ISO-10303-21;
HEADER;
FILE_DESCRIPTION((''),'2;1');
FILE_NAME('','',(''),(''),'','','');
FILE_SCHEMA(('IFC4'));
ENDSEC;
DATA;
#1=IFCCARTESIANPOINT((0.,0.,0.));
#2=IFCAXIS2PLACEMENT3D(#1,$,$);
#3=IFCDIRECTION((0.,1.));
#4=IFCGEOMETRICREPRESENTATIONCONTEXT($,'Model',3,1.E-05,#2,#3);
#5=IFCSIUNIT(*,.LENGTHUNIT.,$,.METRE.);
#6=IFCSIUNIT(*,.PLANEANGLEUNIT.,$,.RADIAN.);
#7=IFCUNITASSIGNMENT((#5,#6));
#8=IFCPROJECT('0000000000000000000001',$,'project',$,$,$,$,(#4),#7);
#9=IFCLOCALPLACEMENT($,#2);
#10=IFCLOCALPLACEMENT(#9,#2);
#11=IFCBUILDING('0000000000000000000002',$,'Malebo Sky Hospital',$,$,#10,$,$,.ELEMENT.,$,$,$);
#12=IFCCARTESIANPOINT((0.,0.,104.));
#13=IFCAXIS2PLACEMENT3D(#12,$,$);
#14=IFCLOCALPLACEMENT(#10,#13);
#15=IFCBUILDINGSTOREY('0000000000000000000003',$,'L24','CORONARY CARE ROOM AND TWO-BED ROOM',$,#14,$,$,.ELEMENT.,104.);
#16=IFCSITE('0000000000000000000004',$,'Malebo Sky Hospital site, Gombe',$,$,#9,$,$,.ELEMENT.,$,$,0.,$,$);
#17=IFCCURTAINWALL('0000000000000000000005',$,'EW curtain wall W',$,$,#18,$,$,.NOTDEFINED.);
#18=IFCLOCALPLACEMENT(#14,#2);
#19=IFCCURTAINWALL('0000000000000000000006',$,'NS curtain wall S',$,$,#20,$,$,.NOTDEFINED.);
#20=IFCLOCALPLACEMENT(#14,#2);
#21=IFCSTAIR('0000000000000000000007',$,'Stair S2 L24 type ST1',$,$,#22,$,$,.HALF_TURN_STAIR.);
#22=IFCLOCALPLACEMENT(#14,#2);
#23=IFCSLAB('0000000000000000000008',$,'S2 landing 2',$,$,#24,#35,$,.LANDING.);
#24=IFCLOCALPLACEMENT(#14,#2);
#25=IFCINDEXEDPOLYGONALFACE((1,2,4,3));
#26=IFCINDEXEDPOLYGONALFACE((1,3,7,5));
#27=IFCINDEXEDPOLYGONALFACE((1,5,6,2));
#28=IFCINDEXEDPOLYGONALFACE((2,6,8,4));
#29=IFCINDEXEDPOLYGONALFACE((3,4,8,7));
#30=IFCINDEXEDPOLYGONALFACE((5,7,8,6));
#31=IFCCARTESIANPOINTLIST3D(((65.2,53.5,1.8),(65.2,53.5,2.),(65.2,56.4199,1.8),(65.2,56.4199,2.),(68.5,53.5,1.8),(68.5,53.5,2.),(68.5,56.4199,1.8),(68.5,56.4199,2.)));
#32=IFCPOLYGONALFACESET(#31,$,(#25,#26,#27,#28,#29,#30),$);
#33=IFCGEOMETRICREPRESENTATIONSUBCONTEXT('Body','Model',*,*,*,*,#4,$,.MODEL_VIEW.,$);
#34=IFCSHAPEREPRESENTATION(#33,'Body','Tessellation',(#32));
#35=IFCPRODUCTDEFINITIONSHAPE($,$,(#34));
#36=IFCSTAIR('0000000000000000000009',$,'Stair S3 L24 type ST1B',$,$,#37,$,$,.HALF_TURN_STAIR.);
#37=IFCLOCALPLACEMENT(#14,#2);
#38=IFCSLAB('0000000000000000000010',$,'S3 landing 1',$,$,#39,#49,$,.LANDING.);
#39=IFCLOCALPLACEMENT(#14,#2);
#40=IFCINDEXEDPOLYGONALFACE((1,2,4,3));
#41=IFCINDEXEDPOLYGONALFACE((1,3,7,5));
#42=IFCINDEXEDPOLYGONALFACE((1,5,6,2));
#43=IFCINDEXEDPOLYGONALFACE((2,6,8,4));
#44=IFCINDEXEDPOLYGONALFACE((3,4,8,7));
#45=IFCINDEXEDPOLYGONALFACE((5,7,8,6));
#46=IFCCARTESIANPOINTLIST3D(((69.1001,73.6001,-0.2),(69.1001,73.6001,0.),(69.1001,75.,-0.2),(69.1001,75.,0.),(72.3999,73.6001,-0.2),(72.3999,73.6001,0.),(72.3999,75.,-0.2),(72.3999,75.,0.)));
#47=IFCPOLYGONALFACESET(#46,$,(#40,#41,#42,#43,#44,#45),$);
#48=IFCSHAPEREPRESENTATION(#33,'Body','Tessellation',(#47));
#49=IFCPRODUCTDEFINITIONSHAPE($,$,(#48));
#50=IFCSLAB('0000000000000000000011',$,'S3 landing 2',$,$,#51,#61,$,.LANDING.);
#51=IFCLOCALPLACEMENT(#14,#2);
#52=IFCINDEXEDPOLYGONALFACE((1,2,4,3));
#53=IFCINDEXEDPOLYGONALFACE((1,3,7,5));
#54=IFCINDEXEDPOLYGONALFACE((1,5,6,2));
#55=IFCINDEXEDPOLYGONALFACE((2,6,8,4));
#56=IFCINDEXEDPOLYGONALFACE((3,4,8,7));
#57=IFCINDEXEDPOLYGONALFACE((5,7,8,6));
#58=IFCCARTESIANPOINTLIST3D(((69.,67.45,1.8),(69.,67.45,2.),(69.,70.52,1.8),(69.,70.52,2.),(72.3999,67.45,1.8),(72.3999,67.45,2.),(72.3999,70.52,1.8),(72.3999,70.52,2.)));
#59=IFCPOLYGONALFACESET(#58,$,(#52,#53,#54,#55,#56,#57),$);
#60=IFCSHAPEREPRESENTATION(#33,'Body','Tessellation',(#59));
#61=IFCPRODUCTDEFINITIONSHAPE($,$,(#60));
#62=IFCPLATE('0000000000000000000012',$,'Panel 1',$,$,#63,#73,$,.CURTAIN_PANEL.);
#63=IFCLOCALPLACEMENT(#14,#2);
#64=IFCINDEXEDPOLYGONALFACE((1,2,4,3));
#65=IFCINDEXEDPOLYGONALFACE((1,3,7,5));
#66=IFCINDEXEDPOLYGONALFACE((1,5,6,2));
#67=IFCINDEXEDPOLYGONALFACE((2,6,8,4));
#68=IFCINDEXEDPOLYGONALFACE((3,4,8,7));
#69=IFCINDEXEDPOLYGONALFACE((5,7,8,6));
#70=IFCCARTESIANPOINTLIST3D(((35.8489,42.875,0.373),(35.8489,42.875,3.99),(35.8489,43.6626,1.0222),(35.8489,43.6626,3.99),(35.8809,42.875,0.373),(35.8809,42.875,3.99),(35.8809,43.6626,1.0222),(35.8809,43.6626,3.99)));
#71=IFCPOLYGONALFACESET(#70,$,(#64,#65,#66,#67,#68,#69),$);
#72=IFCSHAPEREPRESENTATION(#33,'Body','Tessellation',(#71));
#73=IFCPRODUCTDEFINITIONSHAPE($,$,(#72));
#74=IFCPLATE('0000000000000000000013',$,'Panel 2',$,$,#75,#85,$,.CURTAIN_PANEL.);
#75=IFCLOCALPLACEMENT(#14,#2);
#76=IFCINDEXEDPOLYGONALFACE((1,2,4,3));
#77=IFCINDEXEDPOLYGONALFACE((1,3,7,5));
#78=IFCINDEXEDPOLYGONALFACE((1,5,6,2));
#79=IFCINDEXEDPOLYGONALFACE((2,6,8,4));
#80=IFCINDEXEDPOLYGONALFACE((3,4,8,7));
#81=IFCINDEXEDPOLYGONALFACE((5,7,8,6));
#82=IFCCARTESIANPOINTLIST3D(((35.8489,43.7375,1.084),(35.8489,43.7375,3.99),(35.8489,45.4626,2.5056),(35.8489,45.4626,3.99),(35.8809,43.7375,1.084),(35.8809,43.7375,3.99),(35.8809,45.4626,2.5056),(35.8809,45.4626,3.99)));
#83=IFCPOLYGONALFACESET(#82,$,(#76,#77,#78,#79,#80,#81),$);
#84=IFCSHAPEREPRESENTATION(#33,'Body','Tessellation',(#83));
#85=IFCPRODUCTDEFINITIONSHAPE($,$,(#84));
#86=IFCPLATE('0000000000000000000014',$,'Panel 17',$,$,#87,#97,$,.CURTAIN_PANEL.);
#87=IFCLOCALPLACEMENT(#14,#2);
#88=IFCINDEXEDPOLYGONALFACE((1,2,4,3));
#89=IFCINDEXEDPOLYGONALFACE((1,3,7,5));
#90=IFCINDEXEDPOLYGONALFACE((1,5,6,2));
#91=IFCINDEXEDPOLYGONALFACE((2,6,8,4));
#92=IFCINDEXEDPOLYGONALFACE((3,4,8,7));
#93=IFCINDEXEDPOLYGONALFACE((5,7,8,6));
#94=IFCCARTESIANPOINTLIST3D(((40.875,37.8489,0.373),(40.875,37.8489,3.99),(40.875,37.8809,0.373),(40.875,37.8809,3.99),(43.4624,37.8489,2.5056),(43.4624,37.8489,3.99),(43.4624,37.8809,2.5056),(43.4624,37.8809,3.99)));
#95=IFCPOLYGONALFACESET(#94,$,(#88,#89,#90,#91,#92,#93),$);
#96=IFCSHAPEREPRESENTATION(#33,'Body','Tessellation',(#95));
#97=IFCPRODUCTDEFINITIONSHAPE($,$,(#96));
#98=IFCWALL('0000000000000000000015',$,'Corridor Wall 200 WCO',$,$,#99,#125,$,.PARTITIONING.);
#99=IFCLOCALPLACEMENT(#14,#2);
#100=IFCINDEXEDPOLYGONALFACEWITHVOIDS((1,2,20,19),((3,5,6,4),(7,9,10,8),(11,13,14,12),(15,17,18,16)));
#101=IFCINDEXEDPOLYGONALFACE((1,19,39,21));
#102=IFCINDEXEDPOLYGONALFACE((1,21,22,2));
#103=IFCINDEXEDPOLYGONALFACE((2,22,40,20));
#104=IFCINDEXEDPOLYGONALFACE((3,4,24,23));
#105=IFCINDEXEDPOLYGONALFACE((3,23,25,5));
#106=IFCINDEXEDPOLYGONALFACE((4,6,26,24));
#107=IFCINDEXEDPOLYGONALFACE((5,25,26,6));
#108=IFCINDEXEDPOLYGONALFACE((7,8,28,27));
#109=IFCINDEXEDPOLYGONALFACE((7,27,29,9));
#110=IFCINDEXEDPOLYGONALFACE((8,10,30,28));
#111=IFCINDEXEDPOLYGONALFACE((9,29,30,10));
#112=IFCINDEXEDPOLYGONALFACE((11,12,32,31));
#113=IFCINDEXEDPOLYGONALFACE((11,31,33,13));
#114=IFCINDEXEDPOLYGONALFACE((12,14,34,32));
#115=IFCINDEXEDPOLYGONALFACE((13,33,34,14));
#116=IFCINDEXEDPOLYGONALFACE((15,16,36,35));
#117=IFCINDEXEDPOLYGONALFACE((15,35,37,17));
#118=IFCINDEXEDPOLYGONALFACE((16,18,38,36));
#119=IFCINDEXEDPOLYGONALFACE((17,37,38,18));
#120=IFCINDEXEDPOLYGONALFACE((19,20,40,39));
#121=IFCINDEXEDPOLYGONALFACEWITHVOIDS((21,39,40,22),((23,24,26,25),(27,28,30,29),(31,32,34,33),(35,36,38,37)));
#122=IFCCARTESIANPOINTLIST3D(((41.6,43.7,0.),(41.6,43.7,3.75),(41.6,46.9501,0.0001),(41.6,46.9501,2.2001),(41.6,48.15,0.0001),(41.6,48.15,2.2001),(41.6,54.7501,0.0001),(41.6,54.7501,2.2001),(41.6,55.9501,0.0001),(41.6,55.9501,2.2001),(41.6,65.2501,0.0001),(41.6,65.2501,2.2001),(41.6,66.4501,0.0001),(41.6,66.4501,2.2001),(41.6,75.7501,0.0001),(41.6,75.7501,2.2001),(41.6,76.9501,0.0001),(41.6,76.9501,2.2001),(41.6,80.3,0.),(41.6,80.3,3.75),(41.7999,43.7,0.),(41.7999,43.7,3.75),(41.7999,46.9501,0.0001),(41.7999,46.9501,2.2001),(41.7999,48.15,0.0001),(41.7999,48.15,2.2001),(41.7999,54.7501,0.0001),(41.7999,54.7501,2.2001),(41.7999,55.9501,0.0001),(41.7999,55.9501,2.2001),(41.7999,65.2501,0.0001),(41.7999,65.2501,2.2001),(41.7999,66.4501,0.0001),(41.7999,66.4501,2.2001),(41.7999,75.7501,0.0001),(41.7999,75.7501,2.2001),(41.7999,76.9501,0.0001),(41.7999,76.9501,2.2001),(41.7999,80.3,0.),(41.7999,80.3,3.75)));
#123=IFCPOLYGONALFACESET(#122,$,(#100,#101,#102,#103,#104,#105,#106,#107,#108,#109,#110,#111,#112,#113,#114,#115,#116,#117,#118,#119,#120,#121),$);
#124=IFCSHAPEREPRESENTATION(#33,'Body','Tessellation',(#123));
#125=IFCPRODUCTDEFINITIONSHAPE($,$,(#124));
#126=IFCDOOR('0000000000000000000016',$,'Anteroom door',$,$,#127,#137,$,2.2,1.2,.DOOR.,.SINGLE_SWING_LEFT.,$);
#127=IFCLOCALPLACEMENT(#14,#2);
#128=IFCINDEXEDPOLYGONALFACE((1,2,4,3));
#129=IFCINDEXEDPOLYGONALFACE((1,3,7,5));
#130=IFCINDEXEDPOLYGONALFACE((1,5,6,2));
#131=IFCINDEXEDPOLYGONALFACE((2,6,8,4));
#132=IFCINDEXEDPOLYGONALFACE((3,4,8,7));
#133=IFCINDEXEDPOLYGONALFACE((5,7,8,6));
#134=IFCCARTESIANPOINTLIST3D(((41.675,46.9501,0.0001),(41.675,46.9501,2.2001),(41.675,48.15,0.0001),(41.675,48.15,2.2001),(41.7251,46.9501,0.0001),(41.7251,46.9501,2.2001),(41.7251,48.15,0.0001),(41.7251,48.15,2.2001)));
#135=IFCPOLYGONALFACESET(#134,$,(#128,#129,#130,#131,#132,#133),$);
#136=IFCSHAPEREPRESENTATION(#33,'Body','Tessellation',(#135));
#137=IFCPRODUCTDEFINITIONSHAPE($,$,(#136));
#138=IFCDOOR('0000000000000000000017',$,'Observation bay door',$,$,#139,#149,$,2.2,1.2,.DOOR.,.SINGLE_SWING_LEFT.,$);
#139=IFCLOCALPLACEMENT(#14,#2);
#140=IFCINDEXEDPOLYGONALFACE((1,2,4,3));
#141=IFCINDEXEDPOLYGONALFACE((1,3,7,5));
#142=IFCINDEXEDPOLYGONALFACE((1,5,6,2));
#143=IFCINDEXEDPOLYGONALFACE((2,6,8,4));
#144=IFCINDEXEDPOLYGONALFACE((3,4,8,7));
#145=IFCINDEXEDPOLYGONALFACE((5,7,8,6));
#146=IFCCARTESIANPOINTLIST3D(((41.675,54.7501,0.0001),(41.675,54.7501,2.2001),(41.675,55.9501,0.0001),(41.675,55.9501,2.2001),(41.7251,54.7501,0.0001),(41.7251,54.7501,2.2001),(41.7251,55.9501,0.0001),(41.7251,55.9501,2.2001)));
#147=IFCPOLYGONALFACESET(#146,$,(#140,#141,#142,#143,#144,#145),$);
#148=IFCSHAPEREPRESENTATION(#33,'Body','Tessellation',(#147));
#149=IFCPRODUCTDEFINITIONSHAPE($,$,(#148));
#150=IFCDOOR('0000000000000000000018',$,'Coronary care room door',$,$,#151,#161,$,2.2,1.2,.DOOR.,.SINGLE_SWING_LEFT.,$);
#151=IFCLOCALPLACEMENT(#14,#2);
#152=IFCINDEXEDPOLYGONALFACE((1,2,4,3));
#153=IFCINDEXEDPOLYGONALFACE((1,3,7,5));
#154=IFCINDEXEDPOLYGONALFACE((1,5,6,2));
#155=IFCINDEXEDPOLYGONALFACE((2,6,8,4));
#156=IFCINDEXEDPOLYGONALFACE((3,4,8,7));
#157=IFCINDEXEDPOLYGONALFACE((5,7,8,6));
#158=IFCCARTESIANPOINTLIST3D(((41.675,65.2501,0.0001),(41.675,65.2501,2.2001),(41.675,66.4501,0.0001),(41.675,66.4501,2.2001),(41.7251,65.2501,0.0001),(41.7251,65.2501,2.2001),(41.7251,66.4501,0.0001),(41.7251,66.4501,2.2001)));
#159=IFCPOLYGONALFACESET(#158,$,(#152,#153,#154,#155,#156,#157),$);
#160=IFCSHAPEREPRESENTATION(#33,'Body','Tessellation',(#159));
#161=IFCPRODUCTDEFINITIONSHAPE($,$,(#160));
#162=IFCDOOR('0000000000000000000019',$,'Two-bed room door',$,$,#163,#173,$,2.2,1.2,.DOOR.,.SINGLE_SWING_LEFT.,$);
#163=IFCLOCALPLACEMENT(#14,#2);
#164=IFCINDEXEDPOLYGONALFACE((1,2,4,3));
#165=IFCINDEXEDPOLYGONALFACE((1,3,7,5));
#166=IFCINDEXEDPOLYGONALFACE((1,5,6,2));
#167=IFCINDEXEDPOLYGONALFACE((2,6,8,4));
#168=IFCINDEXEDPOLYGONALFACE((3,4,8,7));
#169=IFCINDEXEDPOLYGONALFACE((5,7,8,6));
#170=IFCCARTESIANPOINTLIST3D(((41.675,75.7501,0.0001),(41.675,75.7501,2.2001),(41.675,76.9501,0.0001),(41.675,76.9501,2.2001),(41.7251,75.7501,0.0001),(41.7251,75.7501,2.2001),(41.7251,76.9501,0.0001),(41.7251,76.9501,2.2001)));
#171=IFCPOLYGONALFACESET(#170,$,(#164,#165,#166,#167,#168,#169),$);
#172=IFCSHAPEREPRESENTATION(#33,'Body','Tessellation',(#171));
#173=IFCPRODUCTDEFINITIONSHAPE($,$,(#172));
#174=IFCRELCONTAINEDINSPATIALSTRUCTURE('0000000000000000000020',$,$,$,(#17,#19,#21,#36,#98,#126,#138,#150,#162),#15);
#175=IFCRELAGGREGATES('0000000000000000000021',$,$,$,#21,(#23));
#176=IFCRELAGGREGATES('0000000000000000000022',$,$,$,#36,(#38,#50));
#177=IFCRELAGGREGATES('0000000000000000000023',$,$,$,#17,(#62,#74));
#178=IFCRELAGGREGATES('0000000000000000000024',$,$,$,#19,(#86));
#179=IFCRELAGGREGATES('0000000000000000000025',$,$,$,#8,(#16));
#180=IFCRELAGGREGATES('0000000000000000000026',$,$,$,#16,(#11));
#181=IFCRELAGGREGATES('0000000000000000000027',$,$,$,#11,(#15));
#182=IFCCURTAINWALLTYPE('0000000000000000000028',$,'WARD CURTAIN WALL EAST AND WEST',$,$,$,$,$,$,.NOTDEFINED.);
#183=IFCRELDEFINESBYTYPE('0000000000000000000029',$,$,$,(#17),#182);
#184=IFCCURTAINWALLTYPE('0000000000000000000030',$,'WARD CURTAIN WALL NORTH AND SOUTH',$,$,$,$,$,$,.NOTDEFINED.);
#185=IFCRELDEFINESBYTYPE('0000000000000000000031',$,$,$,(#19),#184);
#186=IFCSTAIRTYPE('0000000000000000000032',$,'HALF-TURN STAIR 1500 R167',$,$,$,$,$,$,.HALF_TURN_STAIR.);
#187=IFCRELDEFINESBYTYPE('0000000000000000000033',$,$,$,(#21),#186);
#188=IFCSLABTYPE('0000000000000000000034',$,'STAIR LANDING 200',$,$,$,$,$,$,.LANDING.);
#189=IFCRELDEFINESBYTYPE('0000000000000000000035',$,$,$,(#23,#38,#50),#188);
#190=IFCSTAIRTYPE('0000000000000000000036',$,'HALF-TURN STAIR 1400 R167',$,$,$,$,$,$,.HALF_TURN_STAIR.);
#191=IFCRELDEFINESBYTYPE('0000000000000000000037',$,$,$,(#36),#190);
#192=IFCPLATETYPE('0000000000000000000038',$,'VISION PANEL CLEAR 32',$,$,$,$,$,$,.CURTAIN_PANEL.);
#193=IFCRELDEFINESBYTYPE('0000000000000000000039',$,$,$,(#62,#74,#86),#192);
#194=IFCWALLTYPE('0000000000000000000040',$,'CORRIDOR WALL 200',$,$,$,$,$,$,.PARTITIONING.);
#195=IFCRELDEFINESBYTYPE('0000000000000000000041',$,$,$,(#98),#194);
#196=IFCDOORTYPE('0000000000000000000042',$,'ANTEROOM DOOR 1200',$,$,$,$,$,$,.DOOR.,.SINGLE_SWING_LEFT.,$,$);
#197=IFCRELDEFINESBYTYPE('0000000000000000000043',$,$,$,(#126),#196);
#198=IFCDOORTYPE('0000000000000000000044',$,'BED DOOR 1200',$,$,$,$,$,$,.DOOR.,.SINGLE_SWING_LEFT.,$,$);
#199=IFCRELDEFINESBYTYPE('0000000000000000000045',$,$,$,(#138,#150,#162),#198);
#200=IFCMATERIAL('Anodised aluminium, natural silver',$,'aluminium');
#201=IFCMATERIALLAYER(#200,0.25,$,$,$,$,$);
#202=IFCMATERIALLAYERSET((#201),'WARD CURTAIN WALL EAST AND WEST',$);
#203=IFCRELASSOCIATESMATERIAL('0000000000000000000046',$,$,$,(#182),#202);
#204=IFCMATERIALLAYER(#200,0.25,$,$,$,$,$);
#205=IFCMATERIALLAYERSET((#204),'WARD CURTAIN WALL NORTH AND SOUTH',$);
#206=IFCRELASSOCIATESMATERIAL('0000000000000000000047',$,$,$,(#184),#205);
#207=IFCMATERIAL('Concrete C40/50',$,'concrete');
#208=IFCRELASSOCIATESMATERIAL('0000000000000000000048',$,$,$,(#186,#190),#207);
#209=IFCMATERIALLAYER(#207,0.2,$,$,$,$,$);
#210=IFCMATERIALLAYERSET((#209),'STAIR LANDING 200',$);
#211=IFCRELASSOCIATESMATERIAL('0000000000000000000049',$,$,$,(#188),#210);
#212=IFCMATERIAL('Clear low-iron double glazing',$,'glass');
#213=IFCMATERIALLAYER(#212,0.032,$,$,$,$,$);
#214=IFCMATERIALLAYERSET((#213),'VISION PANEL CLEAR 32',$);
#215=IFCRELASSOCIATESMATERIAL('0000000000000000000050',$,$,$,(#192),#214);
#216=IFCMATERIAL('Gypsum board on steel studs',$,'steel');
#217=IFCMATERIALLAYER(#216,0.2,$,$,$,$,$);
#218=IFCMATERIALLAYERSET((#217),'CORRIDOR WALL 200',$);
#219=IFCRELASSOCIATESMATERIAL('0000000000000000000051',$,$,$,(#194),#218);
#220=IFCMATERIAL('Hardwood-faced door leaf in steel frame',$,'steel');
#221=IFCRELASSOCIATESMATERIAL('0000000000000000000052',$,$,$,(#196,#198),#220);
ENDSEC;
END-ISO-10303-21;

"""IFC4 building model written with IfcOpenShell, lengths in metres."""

from ifc_helpers import new_model, si_unit, direction, frame, frame_2d, origin, place, context, subcontext, project, spatial, polyline, rectangle, outline, extrude, material, layer, layer_set, type_object, element, fill, aggregate, save


model = new_model("IFC4")

# Units and contexts
model_context = context("Model", 3, precision=1e-05, world=origin(), true_north=direction((0.0, 1.0)))
body_context = subcontext(model_context, "Body", "Model", "MODEL_VIEW")
ifc_project = project(units=[si_unit("LENGTHUNIT", "METRE"), si_unit("PLANEANGLEUNIT", "RADIAN")], contexts=[model_context])

# Site, building, storey
site_placement = place(None, origin())
site = spatial("IfcSite", under=ifc_project, at=site_placement, Name="Malebo Sky Hospital site, Gombe", CompositionType="ELEMENT", RefElevation=0.0)
building_placement = place(site_placement, origin())
building = spatial("IfcBuilding", under=site, at=building_placement, Name="Malebo Sky Hospital", CompositionType="ELEMENT")
storey_placement = place(building_placement, frame((0.0, 0.0, 104.0)))
storey = spatial("IfcBuildingStorey", under=building, at=storey_placement, Name="L24", Description="CORONARY CARE ROOM AND TWO-BED ROOM", CompositionType="ELEMENT", Elevation=104.0)

# Curtain wall
ifc_material_1 = material(Name="Anodised aluminium, natural silver", Category="aluminium")
ifc_layer_1 = layer(ifc_material_1, 0.25)
ifc_layer_set_1 = layer_set([ifc_layer_1], Name="WARD CURTAIN WALL EAST AND WEST")
curtain_wall_type_1 = type_object("IfcCurtainWallType", Name="WARD CURTAIN WALL EAST AND WEST", PredefinedType="NOTDEFINED", material=ifc_layer_set_1)
curtain_wall_1_placement = place(storey_placement, origin())
curtain_wall_1 = element("IfcCurtainWall", 1, at=curtain_wall_1_placement, inside=storey, type_object=curtain_wall_type_1, Name="EW curtain wall W", PredefinedType="NOTDEFINED")

# Curtain wall
ifc_layer_2 = layer(ifc_material_1, 0.25)
ifc_layer_set_2 = layer_set([ifc_layer_2], Name="WARD CURTAIN WALL NORTH AND SOUTH")
curtain_wall_type_2 = type_object("IfcCurtainWallType", Name="WARD CURTAIN WALL NORTH AND SOUTH", PredefinedType="NOTDEFINED", material=ifc_layer_set_2)
curtain_wall_2_placement = place(storey_placement, origin())
curtain_wall_2 = element("IfcCurtainWall", 2, at=curtain_wall_2_placement, inside=storey, type_object=curtain_wall_type_2, Name="NS curtain wall S", PredefinedType="NOTDEFINED")

# Shared definitions
ifc_material_2 = material(Name="Concrete C40/50", Category="concrete")

# Stairs, slabs
stair_type_1 = type_object("IfcStairType", Name="HALF-TURN STAIR 1500 R167", PredefinedType="HALF_TURN_STAIR", material=ifc_material_2)
ifc_layer_3 = layer(ifc_material_2, 0.2)
ifc_layer_set_3 = layer_set([ifc_layer_3], Name="STAIR LANDING 200")
slab_type_1 = type_object("IfcSlabType", Name="STAIR LANDING 200", PredefinedType="LANDING", material=ifc_layer_set_3)
stair_1_placement = place(storey_placement, origin())
stair_1 = element("IfcStair", 3, at=stair_1_placement, inside=storey, type_object=stair_type_1, Name="Stair S2 L24 type ST1", PredefinedType="HALF_TURN_STAIR")
slab_1_placement = place(storey_placement, frame((0.0, 0.0, 1.8)))
slab_1 = element("IfcSlab", 4, at=slab_1_placement, type_object=slab_type_1, Name="S2 landing 2", PredefinedType="LANDING", context=body_context, shape_type="SweptSolid", body=[
    extrude(outline(polyline([(65.2, 53.5), (68.5, 53.5), (68.5, 56.4199), (65.2, 56.4199), (65.2, 53.5)])), origin(), (0.0, 0.0, 1.0), 0.2),
])
aggregate(stair_1, [slab_1])
stair_type_2 = type_object("IfcStairType", Name="HALF-TURN STAIR 1400 R167", PredefinedType="HALF_TURN_STAIR", material=ifc_material_2)
stair_2_placement = place(storey_placement, origin())
stair_2 = element("IfcStair", 5, at=stair_2_placement, inside=storey, type_object=stair_type_2, Name="Stair S3 L24 type ST1B", PredefinedType="HALF_TURN_STAIR")
slab_2_placement = place(storey_placement, frame((0.0, 0.0, -0.2)))
slab_2 = element("IfcSlab", 6, at=slab_2_placement, type_object=slab_type_1, Name="S3 landing 1", PredefinedType="LANDING", context=body_context, shape_type="SweptSolid", body=[
    extrude(outline(polyline([(69.1001, 73.6001), (72.3999, 73.6001), (72.3999, 75.0), (69.1001, 75.0), (69.1001, 73.6001)])), origin(), (0.0, 0.0, 1.0), 0.2),
])
slab_3_placement = place(storey_placement, frame((0.0, 0.0, 1.8)))
slab_3 = element("IfcSlab", 7, at=slab_3_placement, type_object=slab_type_1, Name="S3 landing 2", PredefinedType="LANDING", context=body_context, shape_type="SweptSolid", body=[
    extrude(outline(polyline([(69.0, 67.45), (72.3999, 67.45), (72.3999, 70.52), (69.0, 70.52), (69.0, 67.45)])), origin(), (0.0, 0.0, 1.0), 0.2),
])
aggregate(stair_2, [slab_2, slab_3])

# Plates
ifc_material_3 = material(Name="Clear low-iron double glazing", Category="glass")
ifc_layer_4 = layer(ifc_material_3, 0.032)
ifc_layer_set_4 = layer_set([ifc_layer_4], Name="VISION PANEL CLEAR 32")
plate_type = type_object("IfcPlateType", Name="VISION PANEL CLEAR 32", PredefinedType="CURTAIN_PANEL", material=ifc_layer_set_4)
plate_1_placement = place(storey_placement, frame((35.865, 43.2688, 0.373), z_axis=(0.0, 0.0, 1.0), x_axis=(0.0, 1.0, 0.0)))
plate_1 = element("IfcPlate", 8, at=plate_1_placement, type_object=plate_type, Name="Panel 1", PredefinedType="CURTAIN_PANEL", context=body_context, shape_type="SweptSolid", body=[
    extrude(outline(polyline([(-0.3938, 0.0), (0.3938, 0.6492), (0.3938, 3.6169), (-0.3938, 3.6169), (-0.3938, 0.0)])), frame((0.0, 0.0161, 0.0), z_axis=(0.0, -1.0, 0.0), x_axis=(1.0, 0.0, 0.0)), (0.0, 0.0, 1.0), 0.032),
])
plate_2_placement = place(storey_placement, frame((35.865, 44.6001, 1.084), z_axis=(0.0, 0.0, 1.0), x_axis=(0.0, 1.0, 0.0)))
plate_2 = element("IfcPlate", 9, at=plate_2_placement, type_object=plate_type, Name="Panel 2", PredefinedType="CURTAIN_PANEL", context=body_context, shape_type="SweptSolid", body=[
    extrude(outline(polyline([(-0.8625, 0.0), (0.8625, 1.4216), (0.8625, 2.906), (-0.8625, 2.906), (-0.8625, 0.0)])), frame((0.0, 0.0161, 0.0), z_axis=(0.0, -1.0, 0.0), x_axis=(1.0, 0.0, 0.0)), (0.0, 0.0, 1.0), 0.032),
])
aggregate(curtain_wall_1, [plate_1, plate_2])
plate_3_placement = place(storey_placement, frame((42.1687, 37.865, 0.373), z_axis=(0.0, 0.0, 1.0), x_axis=(-1.0, 0.0, 0.0)))
plate_3 = element("IfcPlate", 10, at=plate_3_placement, type_object=plate_type, Name="Panel 17", PredefinedType="CURTAIN_PANEL", context=body_context, shape_type="SweptSolid", body=[
    extrude(outline(polyline([(1.2937, 0.0), (1.2937, 3.6169), (-1.2937, 3.6169), (-1.2937, 2.1326), (1.2937, 0.0)])), frame((0.0, 0.0161, 0.0), z_axis=(0.0, -1.0, 0.0), x_axis=(1.0, 0.0, 0.0)), (0.0, 0.0, 1.0), 0.032),
])
aggregate(curtain_wall_2, [plate_3])

# Wall, openings, doors
ifc_material_4 = material(Name="Gypsum board on steel studs", Category="steel")
ifc_layer_5 = layer(ifc_material_4, 0.2)
ifc_layer_set_5 = layer_set([ifc_layer_5], Name="CORRIDOR WALL 200")
wall_type_1 = type_object("IfcWallType", Name="CORRIDOR WALL 200", PredefinedType="PARTITIONING", material=ifc_layer_set_5)
wall_1_placement = place(storey_placement, frame((41.7, 43.7, 0.0), z_axis=(0.0, 0.0, 1.0), x_axis=(0.0, 1.0, 0.0)))
wall_1 = element("IfcWall", 11, at=wall_1_placement, inside=storey, type_object=wall_type_1, Name="Corridor Wall 200 WCO", PredefinedType="PARTITIONING", context=body_context, shape_type="SweptSolid", body=[
    extrude(rectangle(XDim=36.6001, YDim=0.2, at=frame_2d((18.3, 0.0))), origin(), (0.0, 0.0, 1.0), 3.75),
])
opening_1_placement = place(wall_1_placement, frame((3.25, 0.0, 0.0)))
opening_1 = element("IfcOpeningElement", 12, at=opening_1_placement, cuts=wall_1, PredefinedType="OPENING", context=body_context, shape_type="SweptSolid", body=[
    extrude(rectangle(XDim=1.2, YDim=2.2, at=frame_2d((0.6001, 1.1001))), frame((0.0, 0.1099, 0.0), z_axis=(0.0, -1.0, 0.0), x_axis=(1.0, 0.0, 0.0)), (0.0, 0.0, 1.0), 0.22),
])
opening_2_placement = place(wall_1_placement, frame((11.05, 0.0, 0.0)))
opening_2 = element("IfcOpeningElement", 13, at=opening_2_placement, cuts=wall_1, PredefinedType="OPENING", context=body_context, shape_type="SweptSolid", body=[
    extrude(rectangle(XDim=1.2, YDim=2.2, at=frame_2d((0.6001, 1.1001))), frame((0.0, 0.1099, 0.0), z_axis=(0.0, -1.0, 0.0), x_axis=(1.0, 0.0, 0.0)), (0.0, 0.0, 1.0), 0.22),
])
opening_3_placement = place(wall_1_placement, frame((21.55, 0.0, 0.0)))
opening_3 = element("IfcOpeningElement", 14, at=opening_3_placement, cuts=wall_1, PredefinedType="OPENING", context=body_context, shape_type="SweptSolid", body=[
    extrude(rectangle(XDim=1.2, YDim=2.2, at=frame_2d((0.6001, 1.1001))), frame((0.0, 0.1099, 0.0), z_axis=(0.0, -1.0, 0.0), x_axis=(1.0, 0.0, 0.0)), (0.0, 0.0, 1.0), 0.22),
])
opening_4_placement = place(wall_1_placement, frame((32.05, 0.0, 0.0)))
opening_4 = element("IfcOpeningElement", 15, at=opening_4_placement, cuts=wall_1, PredefinedType="OPENING", context=body_context, shape_type="SweptSolid", body=[
    extrude(rectangle(XDim=1.2, YDim=2.2, at=frame_2d((0.6001, 1.1001))), frame((0.0, 0.1099, 0.0), z_axis=(0.0, -1.0, 0.0), x_axis=(1.0, 0.0, 0.0)), (0.0, 0.0, 1.0), 0.22),
])
ifc_material_5 = material(Name="Hardwood-faced door leaf in steel frame", Category="steel")
door_type_1 = type_object("IfcDoorType", Name="ANTEROOM DOOR 1200", OperationType="SINGLE_SWING_LEFT", PredefinedType="DOOR", material=ifc_material_5)
door_1_placement = place(opening_1_placement, origin())
door_1 = element("IfcDoor", 16, at=door_1_placement, inside=storey, type_object=door_type_1, Name="Anteroom door", OperationType="SINGLE_SWING_LEFT", OverallHeight=2.2, OverallWidth=1.2, PredefinedType="DOOR", context=body_context, shape_type="SweptSolid", body=[
    extrude(rectangle(XDim=1.2, YDim=2.2, at=frame_2d((0.6001, 1.1001))), frame((0.0, 0.0249, 0.0), z_axis=(0.0, -1.0, 0.0), x_axis=(1.0, 0.0, 0.0)), (0.0, 0.0, 1.0), 0.05),
])
fill(opening_1, door_1)
door_type_2 = type_object("IfcDoorType", Name="BED DOOR 1200", OperationType="SINGLE_SWING_LEFT", PredefinedType="DOOR", material=ifc_material_5)
door_2_placement = place(opening_2_placement, origin())
door_2 = element("IfcDoor", 17, at=door_2_placement, inside=storey, type_object=door_type_2, Name="Observation bay door", OperationType="SINGLE_SWING_LEFT", OverallHeight=2.2, OverallWidth=1.2, PredefinedType="DOOR", context=body_context, shape_type="SweptSolid", body=[
    extrude(rectangle(XDim=1.2, YDim=2.2, at=frame_2d((0.6001, 1.1001))), frame((0.0, 0.0249, 0.0), z_axis=(0.0, -1.0, 0.0), x_axis=(1.0, 0.0, 0.0)), (0.0, 0.0, 1.0), 0.05),
])
fill(opening_2, door_2)
door_3_placement = place(opening_3_placement, origin())
door_3 = element("IfcDoor", 18, at=door_3_placement, inside=storey, type_object=door_type_2, Name="Coronary care room door", OperationType="SINGLE_SWING_LEFT", OverallHeight=2.2, OverallWidth=1.2, PredefinedType="DOOR", context=body_context, shape_type="SweptSolid", body=[
    extrude(rectangle(XDim=1.2, YDim=2.2, at=frame_2d((0.6001, 1.1001))), frame((0.0, 0.0249, 0.0), z_axis=(0.0, -1.0, 0.0), x_axis=(1.0, 0.0, 0.0)), (0.0, 0.0, 1.0), 0.05),
])
fill(opening_3, door_3)
door_4_placement = place(opening_4_placement, origin())
door_4 = element("IfcDoor", 19, at=door_4_placement, inside=storey, type_object=door_type_2, Name="Two-bed room door", OperationType="SINGLE_SWING_LEFT", OverallHeight=2.2, OverallWidth=1.2, PredefinedType="DOOR", context=body_context, shape_type="SweptSolid", body=[
    extrude(rectangle(XDim=1.2, YDim=2.2, at=frame_2d((0.6001, 1.1001))), frame((0.0, 0.0249, 0.0), z_axis=(0.0, -1.0, 0.0), x_axis=(1.0, 0.0, 0.0)), (0.0, 0.0, 1.0), 0.05),
])
fill(opening_4, door_4)

save(model, "model.ifc")
